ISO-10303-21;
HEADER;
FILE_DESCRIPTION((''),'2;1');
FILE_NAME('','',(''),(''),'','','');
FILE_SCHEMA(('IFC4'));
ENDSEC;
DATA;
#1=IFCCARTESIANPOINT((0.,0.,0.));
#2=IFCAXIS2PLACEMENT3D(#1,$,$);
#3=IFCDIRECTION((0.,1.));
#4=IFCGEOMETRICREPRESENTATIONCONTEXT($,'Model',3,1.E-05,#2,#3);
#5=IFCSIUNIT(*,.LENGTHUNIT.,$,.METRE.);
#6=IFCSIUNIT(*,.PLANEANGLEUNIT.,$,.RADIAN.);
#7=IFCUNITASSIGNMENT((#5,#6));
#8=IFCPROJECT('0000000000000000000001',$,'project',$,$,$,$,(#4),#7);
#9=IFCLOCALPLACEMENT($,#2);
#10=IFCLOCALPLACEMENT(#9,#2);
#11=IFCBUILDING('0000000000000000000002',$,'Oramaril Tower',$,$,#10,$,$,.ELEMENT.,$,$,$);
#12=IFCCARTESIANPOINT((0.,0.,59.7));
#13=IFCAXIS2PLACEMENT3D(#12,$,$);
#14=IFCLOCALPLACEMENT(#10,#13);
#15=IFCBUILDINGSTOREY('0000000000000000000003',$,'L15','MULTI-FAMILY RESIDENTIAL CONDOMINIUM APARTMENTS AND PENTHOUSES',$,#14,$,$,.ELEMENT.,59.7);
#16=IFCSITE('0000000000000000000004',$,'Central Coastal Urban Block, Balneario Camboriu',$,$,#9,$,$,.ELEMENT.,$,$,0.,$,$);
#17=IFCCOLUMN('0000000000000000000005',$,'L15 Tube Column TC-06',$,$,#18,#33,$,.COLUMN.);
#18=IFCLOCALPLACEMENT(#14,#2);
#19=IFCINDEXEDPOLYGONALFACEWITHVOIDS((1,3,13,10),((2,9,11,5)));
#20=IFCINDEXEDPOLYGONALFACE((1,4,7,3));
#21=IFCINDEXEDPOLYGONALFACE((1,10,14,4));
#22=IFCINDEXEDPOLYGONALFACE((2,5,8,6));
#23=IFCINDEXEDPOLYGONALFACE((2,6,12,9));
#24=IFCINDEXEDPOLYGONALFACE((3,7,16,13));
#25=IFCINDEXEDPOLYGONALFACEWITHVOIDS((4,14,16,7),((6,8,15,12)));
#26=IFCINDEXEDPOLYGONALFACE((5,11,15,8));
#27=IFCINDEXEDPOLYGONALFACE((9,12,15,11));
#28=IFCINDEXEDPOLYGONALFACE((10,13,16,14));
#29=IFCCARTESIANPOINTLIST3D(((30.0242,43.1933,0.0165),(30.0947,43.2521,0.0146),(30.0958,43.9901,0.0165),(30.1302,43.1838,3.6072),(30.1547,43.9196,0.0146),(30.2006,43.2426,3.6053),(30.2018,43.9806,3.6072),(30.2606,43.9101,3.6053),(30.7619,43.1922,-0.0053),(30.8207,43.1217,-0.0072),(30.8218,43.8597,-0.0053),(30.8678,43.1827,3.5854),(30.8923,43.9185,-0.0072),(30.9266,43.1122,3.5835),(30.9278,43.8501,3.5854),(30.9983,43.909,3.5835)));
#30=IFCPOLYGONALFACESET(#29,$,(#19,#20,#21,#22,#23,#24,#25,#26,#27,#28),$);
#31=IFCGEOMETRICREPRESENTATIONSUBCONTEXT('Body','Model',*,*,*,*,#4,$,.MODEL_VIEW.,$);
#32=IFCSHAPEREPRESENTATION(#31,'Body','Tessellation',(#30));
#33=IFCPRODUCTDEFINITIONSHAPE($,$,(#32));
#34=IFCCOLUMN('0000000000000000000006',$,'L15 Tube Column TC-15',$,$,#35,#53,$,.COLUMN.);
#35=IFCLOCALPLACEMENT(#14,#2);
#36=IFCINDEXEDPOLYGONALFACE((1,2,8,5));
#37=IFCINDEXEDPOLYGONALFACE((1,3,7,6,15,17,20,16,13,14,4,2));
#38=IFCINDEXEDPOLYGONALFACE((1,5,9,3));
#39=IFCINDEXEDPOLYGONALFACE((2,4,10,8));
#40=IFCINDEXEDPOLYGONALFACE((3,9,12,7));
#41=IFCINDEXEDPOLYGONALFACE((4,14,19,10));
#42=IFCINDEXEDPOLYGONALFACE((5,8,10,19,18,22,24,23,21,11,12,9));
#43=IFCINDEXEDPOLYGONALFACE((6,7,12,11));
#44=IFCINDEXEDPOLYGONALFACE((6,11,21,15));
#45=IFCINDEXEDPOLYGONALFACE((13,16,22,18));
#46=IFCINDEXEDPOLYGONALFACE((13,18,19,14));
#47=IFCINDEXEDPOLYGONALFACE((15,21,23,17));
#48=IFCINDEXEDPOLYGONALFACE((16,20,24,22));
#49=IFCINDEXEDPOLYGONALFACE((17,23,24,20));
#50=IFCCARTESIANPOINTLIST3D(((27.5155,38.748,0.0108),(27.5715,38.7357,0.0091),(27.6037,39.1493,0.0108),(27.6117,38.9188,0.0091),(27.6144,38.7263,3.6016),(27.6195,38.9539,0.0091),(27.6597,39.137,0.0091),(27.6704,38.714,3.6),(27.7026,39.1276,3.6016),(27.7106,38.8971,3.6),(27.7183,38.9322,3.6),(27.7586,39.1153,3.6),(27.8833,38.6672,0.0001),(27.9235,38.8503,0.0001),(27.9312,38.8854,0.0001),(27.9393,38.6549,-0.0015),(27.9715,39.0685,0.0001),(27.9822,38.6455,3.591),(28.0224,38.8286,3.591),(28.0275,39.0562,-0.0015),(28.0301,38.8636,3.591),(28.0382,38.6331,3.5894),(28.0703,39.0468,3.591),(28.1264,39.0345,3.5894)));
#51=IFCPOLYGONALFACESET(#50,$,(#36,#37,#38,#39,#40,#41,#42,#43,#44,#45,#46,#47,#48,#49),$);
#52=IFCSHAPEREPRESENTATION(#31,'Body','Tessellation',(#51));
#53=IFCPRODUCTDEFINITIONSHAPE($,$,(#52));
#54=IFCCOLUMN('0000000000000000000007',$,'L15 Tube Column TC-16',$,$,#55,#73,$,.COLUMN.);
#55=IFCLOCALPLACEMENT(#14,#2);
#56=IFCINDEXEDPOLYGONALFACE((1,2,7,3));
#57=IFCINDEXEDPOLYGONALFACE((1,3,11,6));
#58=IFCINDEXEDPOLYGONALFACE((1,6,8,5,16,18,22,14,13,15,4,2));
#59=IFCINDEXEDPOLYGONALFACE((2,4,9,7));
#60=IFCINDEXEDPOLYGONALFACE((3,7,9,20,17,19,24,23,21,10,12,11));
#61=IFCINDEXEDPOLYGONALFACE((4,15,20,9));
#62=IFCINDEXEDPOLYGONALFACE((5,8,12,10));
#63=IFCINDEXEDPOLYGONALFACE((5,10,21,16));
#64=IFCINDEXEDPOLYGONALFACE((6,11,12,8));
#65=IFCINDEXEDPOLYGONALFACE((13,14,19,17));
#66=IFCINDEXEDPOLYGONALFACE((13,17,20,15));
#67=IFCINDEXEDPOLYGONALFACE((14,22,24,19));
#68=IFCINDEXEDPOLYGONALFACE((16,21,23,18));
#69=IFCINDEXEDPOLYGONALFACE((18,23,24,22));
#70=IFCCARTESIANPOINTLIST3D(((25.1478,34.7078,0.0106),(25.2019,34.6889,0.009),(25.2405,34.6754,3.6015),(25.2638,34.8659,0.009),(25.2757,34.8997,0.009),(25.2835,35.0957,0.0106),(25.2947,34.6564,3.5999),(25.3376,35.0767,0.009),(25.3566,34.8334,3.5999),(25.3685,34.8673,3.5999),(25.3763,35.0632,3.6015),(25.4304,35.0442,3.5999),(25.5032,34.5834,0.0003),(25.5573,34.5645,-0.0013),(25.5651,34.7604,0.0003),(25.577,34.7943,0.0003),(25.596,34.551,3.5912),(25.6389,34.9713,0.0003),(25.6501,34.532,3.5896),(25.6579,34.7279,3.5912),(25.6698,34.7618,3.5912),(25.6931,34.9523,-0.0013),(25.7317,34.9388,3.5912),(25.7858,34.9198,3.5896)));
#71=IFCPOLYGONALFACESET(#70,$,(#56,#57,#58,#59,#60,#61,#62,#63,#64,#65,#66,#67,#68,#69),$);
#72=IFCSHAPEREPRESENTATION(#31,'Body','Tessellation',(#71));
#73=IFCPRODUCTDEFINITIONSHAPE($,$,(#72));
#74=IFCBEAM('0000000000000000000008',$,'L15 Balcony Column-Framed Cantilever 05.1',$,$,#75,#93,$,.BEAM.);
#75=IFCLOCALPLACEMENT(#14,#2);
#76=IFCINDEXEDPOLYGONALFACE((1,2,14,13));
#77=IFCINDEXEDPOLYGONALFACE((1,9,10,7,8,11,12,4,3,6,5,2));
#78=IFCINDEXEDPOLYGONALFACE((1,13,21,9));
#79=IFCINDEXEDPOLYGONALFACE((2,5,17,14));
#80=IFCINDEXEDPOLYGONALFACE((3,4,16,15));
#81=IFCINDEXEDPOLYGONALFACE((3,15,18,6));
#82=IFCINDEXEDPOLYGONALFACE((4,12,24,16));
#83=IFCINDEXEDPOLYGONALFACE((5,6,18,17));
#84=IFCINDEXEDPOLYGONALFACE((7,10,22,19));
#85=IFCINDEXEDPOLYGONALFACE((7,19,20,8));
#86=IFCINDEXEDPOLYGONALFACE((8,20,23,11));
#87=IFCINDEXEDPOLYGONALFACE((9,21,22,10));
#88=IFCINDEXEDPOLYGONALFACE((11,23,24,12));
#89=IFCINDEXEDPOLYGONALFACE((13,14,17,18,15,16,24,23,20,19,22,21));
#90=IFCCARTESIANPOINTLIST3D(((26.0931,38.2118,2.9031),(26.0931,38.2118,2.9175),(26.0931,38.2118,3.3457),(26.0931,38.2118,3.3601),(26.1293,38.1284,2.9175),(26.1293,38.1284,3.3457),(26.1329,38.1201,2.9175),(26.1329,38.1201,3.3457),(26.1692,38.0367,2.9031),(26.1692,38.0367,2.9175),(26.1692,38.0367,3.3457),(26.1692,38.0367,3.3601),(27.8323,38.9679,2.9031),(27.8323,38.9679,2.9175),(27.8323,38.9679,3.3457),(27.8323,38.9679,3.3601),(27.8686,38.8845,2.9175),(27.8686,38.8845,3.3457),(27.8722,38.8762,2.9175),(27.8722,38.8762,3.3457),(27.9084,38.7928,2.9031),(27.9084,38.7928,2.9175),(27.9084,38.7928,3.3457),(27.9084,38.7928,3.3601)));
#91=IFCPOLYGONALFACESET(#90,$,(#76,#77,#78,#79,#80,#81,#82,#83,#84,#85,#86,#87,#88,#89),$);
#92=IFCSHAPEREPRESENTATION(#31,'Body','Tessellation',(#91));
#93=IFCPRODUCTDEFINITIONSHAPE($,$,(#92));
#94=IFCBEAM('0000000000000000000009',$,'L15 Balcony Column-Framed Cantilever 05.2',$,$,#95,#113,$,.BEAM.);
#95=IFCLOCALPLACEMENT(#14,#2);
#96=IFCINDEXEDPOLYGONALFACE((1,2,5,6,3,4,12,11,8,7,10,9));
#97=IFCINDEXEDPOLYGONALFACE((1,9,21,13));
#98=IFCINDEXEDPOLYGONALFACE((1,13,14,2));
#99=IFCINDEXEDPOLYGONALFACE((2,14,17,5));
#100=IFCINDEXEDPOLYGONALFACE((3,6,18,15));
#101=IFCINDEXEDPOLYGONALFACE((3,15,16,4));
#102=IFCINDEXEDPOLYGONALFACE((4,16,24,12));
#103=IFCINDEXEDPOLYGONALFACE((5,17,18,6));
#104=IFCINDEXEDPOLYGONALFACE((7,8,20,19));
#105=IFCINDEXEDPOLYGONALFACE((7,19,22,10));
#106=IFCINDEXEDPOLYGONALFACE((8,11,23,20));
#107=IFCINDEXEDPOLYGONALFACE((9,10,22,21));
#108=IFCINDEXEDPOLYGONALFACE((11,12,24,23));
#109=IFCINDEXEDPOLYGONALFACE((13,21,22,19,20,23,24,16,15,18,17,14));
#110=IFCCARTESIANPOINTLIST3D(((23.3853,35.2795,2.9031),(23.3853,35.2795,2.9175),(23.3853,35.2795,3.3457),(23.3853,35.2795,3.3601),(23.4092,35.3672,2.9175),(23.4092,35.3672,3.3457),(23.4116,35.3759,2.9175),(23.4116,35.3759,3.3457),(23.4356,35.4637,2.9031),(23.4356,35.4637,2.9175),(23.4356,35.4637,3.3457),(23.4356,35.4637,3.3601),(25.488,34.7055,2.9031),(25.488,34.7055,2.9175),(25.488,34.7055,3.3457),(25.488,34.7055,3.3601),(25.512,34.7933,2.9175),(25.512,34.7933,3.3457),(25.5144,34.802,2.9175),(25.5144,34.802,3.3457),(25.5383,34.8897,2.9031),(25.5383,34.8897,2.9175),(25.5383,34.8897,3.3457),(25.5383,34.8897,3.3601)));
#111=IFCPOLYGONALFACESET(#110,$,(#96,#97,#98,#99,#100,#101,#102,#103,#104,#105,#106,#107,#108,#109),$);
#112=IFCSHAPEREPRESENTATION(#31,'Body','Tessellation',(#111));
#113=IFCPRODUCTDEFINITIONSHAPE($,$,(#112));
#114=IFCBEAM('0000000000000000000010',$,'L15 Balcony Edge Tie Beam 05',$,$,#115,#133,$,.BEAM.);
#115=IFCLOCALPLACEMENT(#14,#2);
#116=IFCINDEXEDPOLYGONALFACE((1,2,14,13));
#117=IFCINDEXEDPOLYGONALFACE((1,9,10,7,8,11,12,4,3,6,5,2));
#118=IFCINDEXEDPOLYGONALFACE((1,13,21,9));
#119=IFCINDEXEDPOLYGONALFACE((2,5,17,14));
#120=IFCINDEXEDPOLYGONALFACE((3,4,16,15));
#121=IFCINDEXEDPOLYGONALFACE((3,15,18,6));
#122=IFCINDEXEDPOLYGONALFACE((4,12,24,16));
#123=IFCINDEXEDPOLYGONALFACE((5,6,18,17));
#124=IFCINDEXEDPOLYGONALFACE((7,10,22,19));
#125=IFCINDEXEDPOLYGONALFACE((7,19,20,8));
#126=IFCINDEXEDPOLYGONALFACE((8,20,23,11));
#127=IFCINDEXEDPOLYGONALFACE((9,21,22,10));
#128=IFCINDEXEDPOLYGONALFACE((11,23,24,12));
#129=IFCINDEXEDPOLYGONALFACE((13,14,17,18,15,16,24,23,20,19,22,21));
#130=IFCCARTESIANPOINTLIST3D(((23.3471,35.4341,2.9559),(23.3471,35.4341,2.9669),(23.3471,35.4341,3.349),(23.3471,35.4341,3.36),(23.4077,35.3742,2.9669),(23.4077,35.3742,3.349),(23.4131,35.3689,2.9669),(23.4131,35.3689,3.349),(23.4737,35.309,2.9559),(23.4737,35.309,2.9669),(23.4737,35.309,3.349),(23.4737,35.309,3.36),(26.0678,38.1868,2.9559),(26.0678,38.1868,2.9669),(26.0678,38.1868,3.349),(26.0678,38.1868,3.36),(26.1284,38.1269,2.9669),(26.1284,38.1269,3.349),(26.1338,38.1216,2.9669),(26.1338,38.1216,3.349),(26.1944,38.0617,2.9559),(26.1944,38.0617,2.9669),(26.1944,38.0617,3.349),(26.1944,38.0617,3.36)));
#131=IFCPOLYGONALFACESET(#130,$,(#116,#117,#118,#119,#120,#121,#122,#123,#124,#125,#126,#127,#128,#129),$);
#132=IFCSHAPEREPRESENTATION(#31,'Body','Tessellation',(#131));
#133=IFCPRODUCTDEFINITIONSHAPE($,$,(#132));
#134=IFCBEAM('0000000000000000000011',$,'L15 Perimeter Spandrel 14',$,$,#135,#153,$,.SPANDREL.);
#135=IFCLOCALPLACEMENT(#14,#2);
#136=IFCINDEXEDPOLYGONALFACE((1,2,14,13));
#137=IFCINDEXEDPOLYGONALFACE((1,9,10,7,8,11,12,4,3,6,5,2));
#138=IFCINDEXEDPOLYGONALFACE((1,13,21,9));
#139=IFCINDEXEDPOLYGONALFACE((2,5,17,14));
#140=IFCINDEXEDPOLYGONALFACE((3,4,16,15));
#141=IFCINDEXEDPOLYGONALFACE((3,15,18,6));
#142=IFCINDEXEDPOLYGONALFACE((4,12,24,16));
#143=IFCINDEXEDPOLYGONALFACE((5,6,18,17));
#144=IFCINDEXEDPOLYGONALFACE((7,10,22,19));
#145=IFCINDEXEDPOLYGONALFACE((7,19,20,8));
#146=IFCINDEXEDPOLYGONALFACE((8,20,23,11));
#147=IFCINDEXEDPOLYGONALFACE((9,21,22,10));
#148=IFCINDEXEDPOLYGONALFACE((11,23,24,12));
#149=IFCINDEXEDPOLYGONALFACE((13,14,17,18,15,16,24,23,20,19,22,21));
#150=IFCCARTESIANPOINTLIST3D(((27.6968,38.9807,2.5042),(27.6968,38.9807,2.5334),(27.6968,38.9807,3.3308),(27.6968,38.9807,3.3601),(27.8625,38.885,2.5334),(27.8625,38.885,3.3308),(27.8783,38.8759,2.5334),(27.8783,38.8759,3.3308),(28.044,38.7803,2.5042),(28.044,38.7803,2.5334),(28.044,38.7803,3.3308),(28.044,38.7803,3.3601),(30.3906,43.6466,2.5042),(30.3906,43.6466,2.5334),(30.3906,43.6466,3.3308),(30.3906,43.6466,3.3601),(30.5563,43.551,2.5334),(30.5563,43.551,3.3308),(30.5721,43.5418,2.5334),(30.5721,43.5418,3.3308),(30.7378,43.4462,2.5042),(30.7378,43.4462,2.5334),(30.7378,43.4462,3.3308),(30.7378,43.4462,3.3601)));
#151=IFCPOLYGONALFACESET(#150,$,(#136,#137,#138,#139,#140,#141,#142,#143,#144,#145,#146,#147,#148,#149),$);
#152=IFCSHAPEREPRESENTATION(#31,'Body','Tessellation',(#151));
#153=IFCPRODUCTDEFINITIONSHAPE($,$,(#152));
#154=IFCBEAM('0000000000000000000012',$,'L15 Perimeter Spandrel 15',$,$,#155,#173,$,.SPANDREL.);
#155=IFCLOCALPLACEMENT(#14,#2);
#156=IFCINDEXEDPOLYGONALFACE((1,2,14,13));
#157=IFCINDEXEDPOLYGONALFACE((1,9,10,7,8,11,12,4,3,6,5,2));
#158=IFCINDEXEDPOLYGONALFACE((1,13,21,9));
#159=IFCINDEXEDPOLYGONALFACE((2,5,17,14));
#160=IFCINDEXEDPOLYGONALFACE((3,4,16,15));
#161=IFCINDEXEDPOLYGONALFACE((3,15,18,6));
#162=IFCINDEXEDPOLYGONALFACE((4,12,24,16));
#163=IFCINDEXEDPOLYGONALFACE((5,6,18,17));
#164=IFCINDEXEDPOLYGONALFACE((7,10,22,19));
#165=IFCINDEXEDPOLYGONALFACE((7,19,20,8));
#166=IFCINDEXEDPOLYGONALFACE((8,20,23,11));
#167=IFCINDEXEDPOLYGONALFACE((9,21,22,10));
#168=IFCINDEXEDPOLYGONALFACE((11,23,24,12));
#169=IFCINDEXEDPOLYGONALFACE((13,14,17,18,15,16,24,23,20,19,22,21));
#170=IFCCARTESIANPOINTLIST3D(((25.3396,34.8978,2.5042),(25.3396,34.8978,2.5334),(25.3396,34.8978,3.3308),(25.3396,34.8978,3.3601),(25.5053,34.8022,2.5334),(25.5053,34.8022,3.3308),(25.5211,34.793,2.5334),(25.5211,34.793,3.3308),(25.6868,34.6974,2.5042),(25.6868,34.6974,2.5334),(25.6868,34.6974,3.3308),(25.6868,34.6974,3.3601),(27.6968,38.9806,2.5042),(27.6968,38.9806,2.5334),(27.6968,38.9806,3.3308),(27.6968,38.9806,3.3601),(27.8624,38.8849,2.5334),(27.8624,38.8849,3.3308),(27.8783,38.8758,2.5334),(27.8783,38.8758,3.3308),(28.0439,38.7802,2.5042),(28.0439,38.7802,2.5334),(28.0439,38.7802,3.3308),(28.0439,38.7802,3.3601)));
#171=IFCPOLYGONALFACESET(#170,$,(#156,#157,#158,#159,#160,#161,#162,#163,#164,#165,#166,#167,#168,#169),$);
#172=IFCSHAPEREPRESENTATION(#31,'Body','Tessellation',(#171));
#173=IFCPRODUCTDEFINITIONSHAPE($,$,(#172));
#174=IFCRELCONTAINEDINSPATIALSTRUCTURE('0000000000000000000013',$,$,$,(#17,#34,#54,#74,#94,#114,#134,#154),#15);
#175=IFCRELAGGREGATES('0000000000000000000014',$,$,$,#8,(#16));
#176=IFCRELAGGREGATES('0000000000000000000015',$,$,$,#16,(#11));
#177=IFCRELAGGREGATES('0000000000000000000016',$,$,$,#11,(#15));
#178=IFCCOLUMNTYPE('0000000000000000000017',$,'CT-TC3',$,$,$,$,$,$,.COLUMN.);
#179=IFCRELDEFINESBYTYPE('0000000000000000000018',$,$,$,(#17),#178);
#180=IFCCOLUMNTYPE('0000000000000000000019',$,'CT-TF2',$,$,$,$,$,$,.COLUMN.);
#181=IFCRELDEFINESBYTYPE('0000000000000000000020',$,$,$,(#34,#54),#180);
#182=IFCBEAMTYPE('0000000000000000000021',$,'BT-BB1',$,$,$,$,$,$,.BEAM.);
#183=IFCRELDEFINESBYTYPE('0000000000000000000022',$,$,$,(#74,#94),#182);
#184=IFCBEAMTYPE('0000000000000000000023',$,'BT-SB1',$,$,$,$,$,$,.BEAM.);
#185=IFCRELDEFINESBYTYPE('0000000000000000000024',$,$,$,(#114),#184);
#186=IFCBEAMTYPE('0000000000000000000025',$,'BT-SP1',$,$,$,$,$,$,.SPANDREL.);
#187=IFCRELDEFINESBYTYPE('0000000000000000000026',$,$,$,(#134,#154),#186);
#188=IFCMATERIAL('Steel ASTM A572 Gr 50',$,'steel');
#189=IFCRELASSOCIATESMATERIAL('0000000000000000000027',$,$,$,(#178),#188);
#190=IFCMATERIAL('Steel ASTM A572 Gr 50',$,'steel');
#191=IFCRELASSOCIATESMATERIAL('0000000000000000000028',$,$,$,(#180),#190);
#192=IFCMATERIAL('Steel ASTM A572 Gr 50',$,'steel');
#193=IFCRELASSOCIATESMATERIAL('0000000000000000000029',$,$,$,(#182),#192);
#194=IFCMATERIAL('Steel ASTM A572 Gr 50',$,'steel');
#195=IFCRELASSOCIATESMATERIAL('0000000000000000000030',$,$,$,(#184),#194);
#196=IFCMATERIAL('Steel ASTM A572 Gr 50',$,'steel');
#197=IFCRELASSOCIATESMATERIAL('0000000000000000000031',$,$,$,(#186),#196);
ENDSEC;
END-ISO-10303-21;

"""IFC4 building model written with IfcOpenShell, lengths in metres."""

from ifc_helpers import new_model, si_unit, direction, frame, origin, origin_2d, place, context, subcontext, project, spatial, hollow_rectangle, i_section, extrude, material, material_profile, profile_set, type_object, element, save


model = new_model("IFC4")

# Units and contexts
model_context = context("Model", 3, precision=1e-05, world=origin(), true_north=direction((0.0, 1.0)))
body_context = subcontext(model_context, "Body", "Model", "MODEL_VIEW")
ifc_project = project(units=[si_unit("LENGTHUNIT", "METRE"), si_unit("PLANEANGLEUNIT", "RADIAN")], contexts=[model_context])

# Site, building, storey
site_placement = place(None, origin())
site = spatial("IfcSite", under=ifc_project, at=site_placement, Name="Central Coastal Urban Block, Balneario Camboriu", CompositionType="ELEMENT", RefElevation=0.0)
building_placement = place(site_placement, origin())
building = spatial("IfcBuilding", under=site, at=building_placement, Name="Oramaril Tower", CompositionType="ELEMENT")
storey_placement = place(building_placement, frame((0.0, 0.0, 59.7)))
storey = spatial("IfcBuildingStorey", under=building, at=storey_placement, Name="L15", Description="MULTI-FAMILY RESIDENTIAL CONDOMINIUM APARTMENTS AND PENTHOUSES", CompositionType="ELEMENT", Elevation=59.7)

# Columns
ifc_material_1 = material(Name="Steel ASTM A572 Gr 50", Category="steel")
ifc_material_profile_1 = material_profile(ifc_material_1, hollow_rectangle(XDim=0.8, YDim=0.8, WallThickness=0.0649, at=origin_2d()), Name="BOX800X800X65")
ifc_profile_set_1 = profile_set([ifc_material_profile_1], Name="Steel ASTM A572 Gr 50")
column_type_1 = type_object("IfcColumnType", Name="CT-TC3", PredefinedType="COLUMN", material=ifc_profile_set_1)
column_placement = place(storey_placement, frame((30.4583, 43.5559, 0.0046), z_axis=(0.029495, -0.00265, 0.999561), x_axis=(0.089501, 0.995987, 0.0)))
element("IfcColumn", 1, at=column_placement, inside=storey, type_object=column_type_1, Name="L15 Tube Column TC-06", PredefinedType="COLUMN", context=body_context, shape_type="SweptSolid", body=[
    extrude(hollow_rectangle(XDim=0.8, YDim=0.8, WallThickness=0.0649, at=origin_2d()), origin(), (0.0, 0.0, 1.0), 3.5923),
])
ifc_material_2 = material(Name="Steel ASTM A572 Gr 50", Category="steel")
ifc_material_profile_2 = material_profile(ifc_material_2, i_section(OverallWidth=0.4109, OverallDepth=0.4341, WebThickness=0.0359, FlangeThickness=0.0574, at=origin_2d()), Name="W14X311")
ifc_profile_set_2 = profile_set([ifc_material_profile_2], Name="Steel ASTM A572 Gr 50")
column_type_2 = type_object("IfcColumnType", Name="CT-TF2", PredefinedType="COLUMN", material=ifc_profile_set_2)
for number, where, z_axis, x_axis, name in (
    (2, (27.7715, 38.9021, 0.0046), (0.027525, -0.006049, 0.999603), (0.214632, 0.976695, 0.0), "L15 Tube Column TC-15"),
    (3, (25.4204, 34.8301, 0.0046), (0.025827, -0.009039, 0.999626), (0.33035, 0.943858, 0.0), "L15 Tube Column TC-16"),
):
    element("IfcColumn", number, at=place(storey_placement, frame(where, z_axis=z_axis, x_axis=x_axis)), inside=storey, type_object=column_type_2, Name=name, PredefinedType="COLUMN", context=body_context, shape_type="SweptSolid", body=[
        extrude(i_section(OverallWidth=0.4109, OverallDepth=0.4341, WebThickness=0.0359, FlangeThickness=0.0574, at=origin_2d()), origin(), (0.0, 0.0, 1.0), 3.5923),
    ])

# Beams
ifc_material_3 = material(Name="Steel ASTM A572 Gr 50", Category="steel")
ifc_material_profile_3 = material_profile(ifc_material_3, i_section(OverallWidth=0.1909, OverallDepth=0.457, WebThickness=0.009, FlangeThickness=0.0144, at=origin_2d()), Name="W18X50")
ifc_profile_set_3 = profile_set([ifc_material_profile_3], Name="Steel ASTM A572 Gr 50")
beam_type_1 = type_object("IfcBeamType", Name="BT-BB1", PredefinedType="BEAM", material=ifc_profile_set_3)
beam_1_placement = place(storey_placement, frame((27.8704, 38.8804, 3.1316), z_axis=(-0.917088, -0.398684, 0.0), x_axis=(0.398684, -0.917088, 0.0)))
element("IfcBeam", 4, at=beam_1_placement, inside=storey, type_object=beam_type_1, Name="L15 Balcony Column-Framed Cantilever 05.1", PredefinedType="BEAM", context=body_context, shape_type="SweptSolid", body=[
    extrude(i_section(OverallWidth=0.1909, OverallDepth=0.457, WebThickness=0.009, FlangeThickness=0.0144, at=origin_2d()), origin(), (0.0, 0.0, 1.0), 1.8965),
])
beam_2_placement = place(storey_placement, frame((25.5132, 34.7976, 3.1316), z_axis=(-0.964707, 0.263326, 0.0), x_axis=(-0.263326, -0.964707, 0.0)))
element("IfcBeam", 5, at=beam_2_placement, inside=storey, type_object=beam_type_1, Name="L15 Balcony Column-Framed Cantilever 05.2", PredefinedType="BEAM", context=body_context, shape_type="SweptSolid", body=[
    extrude(i_section(OverallWidth=0.1909, OverallDepth=0.457, WebThickness=0.009, FlangeThickness=0.0144, at=origin_2d()), origin(), (0.0, 0.0, 1.0), 2.1797),
])
ifc_material_4 = material(Name="Steel ASTM A572 Gr 50", Category="steel")
ifc_material_profile_4 = material_profile(ifc_material_4, i_section(OverallWidth=0.178, OverallDepth=0.4041, WebThickness=0.0076, FlangeThickness=0.011, at=origin_2d()), Name="W16X36")
ifc_profile_set_4 = profile_set([ifc_material_profile_4], Name="Steel ASTM A572 Gr 50")
beam_type_2 = type_object("IfcBeamType", Name="BT-SB1", PredefinedType="BEAM", material=ifc_profile_set_4)
beam_3_placement = place(storey_placement, frame((26.1311, 38.1243, 3.158), z_axis=(-0.702963, -0.711226, 0.0), x_axis=(0.711226, -0.702963, 0.0)))
element("IfcBeam", 6, at=beam_3_placement, inside=storey, type_object=beam_type_2, Name="L15 Balcony Edge Tie Beam 05", PredefinedType="BEAM", context=body_context, shape_type="SweptSolid", body=[
    extrude(i_section(OverallWidth=0.178, OverallDepth=0.4041, WebThickness=0.0076, FlangeThickness=0.011, at=origin_2d()), origin(), (0.0, 0.0, 1.0), 3.8704),
])
ifc_material_5 = material(Name="Steel ASTM A572 Gr 50", Category="steel")
ifc_material_profile_5 = material_profile(ifc_material_5, i_section(OverallWidth=0.4009, OverallDepth=0.856, WebThickness=0.0183, FlangeThickness=0.0293, at=origin_2d()), Name="W33X201")
ifc_profile_set_5 = profile_set([ifc_material_profile_5], Name="Steel ASTM A572 Gr 50")
beam_type_3 = type_object("IfcBeamType", Name="BT-SP1", PredefinedType="SPANDREL", material=ifc_profile_set_5)
beam_4_placement = place(storey_placement, frame((30.5642, 43.5464, 2.9321), z_axis=(-0.499989, -0.866032, 0.0), x_axis=(0.866032, -0.499989, 0.0)))
element("IfcBeam", 7, at=beam_4_placement, inside=storey, type_object=beam_type_3, Name="L15 Perimeter Spandrel 14", PredefinedType="SPANDREL", context=body_context, shape_type="SweptSolid", body=[
    extrude(i_section(OverallWidth=0.4009, OverallDepth=0.856, WebThickness=0.0183, FlangeThickness=0.0293, at=origin_2d()), origin(), (0.0, 0.0, 1.0), 5.3877),
])
beam_5_placement = place(storey_placement, frame((27.8704, 38.8804, 2.9321), z_axis=(-0.499999, -0.866026, 0.0), x_axis=(0.866026, -0.499999, 0.0)))
element("IfcBeam", 8, at=beam_5_placement, inside=storey, type_object=beam_type_3, Name="L15 Perimeter Spandrel 15", PredefinedType="SPANDREL", context=body_context, shape_type="SweptSolid", body=[
    extrude(i_section(OverallWidth=0.4009, OverallDepth=0.856, WebThickness=0.0183, FlangeThickness=0.0293, at=origin_2d()), origin(), (0.0, 0.0, 1.0), 4.7144),
])

save(model, "model.ifc")
